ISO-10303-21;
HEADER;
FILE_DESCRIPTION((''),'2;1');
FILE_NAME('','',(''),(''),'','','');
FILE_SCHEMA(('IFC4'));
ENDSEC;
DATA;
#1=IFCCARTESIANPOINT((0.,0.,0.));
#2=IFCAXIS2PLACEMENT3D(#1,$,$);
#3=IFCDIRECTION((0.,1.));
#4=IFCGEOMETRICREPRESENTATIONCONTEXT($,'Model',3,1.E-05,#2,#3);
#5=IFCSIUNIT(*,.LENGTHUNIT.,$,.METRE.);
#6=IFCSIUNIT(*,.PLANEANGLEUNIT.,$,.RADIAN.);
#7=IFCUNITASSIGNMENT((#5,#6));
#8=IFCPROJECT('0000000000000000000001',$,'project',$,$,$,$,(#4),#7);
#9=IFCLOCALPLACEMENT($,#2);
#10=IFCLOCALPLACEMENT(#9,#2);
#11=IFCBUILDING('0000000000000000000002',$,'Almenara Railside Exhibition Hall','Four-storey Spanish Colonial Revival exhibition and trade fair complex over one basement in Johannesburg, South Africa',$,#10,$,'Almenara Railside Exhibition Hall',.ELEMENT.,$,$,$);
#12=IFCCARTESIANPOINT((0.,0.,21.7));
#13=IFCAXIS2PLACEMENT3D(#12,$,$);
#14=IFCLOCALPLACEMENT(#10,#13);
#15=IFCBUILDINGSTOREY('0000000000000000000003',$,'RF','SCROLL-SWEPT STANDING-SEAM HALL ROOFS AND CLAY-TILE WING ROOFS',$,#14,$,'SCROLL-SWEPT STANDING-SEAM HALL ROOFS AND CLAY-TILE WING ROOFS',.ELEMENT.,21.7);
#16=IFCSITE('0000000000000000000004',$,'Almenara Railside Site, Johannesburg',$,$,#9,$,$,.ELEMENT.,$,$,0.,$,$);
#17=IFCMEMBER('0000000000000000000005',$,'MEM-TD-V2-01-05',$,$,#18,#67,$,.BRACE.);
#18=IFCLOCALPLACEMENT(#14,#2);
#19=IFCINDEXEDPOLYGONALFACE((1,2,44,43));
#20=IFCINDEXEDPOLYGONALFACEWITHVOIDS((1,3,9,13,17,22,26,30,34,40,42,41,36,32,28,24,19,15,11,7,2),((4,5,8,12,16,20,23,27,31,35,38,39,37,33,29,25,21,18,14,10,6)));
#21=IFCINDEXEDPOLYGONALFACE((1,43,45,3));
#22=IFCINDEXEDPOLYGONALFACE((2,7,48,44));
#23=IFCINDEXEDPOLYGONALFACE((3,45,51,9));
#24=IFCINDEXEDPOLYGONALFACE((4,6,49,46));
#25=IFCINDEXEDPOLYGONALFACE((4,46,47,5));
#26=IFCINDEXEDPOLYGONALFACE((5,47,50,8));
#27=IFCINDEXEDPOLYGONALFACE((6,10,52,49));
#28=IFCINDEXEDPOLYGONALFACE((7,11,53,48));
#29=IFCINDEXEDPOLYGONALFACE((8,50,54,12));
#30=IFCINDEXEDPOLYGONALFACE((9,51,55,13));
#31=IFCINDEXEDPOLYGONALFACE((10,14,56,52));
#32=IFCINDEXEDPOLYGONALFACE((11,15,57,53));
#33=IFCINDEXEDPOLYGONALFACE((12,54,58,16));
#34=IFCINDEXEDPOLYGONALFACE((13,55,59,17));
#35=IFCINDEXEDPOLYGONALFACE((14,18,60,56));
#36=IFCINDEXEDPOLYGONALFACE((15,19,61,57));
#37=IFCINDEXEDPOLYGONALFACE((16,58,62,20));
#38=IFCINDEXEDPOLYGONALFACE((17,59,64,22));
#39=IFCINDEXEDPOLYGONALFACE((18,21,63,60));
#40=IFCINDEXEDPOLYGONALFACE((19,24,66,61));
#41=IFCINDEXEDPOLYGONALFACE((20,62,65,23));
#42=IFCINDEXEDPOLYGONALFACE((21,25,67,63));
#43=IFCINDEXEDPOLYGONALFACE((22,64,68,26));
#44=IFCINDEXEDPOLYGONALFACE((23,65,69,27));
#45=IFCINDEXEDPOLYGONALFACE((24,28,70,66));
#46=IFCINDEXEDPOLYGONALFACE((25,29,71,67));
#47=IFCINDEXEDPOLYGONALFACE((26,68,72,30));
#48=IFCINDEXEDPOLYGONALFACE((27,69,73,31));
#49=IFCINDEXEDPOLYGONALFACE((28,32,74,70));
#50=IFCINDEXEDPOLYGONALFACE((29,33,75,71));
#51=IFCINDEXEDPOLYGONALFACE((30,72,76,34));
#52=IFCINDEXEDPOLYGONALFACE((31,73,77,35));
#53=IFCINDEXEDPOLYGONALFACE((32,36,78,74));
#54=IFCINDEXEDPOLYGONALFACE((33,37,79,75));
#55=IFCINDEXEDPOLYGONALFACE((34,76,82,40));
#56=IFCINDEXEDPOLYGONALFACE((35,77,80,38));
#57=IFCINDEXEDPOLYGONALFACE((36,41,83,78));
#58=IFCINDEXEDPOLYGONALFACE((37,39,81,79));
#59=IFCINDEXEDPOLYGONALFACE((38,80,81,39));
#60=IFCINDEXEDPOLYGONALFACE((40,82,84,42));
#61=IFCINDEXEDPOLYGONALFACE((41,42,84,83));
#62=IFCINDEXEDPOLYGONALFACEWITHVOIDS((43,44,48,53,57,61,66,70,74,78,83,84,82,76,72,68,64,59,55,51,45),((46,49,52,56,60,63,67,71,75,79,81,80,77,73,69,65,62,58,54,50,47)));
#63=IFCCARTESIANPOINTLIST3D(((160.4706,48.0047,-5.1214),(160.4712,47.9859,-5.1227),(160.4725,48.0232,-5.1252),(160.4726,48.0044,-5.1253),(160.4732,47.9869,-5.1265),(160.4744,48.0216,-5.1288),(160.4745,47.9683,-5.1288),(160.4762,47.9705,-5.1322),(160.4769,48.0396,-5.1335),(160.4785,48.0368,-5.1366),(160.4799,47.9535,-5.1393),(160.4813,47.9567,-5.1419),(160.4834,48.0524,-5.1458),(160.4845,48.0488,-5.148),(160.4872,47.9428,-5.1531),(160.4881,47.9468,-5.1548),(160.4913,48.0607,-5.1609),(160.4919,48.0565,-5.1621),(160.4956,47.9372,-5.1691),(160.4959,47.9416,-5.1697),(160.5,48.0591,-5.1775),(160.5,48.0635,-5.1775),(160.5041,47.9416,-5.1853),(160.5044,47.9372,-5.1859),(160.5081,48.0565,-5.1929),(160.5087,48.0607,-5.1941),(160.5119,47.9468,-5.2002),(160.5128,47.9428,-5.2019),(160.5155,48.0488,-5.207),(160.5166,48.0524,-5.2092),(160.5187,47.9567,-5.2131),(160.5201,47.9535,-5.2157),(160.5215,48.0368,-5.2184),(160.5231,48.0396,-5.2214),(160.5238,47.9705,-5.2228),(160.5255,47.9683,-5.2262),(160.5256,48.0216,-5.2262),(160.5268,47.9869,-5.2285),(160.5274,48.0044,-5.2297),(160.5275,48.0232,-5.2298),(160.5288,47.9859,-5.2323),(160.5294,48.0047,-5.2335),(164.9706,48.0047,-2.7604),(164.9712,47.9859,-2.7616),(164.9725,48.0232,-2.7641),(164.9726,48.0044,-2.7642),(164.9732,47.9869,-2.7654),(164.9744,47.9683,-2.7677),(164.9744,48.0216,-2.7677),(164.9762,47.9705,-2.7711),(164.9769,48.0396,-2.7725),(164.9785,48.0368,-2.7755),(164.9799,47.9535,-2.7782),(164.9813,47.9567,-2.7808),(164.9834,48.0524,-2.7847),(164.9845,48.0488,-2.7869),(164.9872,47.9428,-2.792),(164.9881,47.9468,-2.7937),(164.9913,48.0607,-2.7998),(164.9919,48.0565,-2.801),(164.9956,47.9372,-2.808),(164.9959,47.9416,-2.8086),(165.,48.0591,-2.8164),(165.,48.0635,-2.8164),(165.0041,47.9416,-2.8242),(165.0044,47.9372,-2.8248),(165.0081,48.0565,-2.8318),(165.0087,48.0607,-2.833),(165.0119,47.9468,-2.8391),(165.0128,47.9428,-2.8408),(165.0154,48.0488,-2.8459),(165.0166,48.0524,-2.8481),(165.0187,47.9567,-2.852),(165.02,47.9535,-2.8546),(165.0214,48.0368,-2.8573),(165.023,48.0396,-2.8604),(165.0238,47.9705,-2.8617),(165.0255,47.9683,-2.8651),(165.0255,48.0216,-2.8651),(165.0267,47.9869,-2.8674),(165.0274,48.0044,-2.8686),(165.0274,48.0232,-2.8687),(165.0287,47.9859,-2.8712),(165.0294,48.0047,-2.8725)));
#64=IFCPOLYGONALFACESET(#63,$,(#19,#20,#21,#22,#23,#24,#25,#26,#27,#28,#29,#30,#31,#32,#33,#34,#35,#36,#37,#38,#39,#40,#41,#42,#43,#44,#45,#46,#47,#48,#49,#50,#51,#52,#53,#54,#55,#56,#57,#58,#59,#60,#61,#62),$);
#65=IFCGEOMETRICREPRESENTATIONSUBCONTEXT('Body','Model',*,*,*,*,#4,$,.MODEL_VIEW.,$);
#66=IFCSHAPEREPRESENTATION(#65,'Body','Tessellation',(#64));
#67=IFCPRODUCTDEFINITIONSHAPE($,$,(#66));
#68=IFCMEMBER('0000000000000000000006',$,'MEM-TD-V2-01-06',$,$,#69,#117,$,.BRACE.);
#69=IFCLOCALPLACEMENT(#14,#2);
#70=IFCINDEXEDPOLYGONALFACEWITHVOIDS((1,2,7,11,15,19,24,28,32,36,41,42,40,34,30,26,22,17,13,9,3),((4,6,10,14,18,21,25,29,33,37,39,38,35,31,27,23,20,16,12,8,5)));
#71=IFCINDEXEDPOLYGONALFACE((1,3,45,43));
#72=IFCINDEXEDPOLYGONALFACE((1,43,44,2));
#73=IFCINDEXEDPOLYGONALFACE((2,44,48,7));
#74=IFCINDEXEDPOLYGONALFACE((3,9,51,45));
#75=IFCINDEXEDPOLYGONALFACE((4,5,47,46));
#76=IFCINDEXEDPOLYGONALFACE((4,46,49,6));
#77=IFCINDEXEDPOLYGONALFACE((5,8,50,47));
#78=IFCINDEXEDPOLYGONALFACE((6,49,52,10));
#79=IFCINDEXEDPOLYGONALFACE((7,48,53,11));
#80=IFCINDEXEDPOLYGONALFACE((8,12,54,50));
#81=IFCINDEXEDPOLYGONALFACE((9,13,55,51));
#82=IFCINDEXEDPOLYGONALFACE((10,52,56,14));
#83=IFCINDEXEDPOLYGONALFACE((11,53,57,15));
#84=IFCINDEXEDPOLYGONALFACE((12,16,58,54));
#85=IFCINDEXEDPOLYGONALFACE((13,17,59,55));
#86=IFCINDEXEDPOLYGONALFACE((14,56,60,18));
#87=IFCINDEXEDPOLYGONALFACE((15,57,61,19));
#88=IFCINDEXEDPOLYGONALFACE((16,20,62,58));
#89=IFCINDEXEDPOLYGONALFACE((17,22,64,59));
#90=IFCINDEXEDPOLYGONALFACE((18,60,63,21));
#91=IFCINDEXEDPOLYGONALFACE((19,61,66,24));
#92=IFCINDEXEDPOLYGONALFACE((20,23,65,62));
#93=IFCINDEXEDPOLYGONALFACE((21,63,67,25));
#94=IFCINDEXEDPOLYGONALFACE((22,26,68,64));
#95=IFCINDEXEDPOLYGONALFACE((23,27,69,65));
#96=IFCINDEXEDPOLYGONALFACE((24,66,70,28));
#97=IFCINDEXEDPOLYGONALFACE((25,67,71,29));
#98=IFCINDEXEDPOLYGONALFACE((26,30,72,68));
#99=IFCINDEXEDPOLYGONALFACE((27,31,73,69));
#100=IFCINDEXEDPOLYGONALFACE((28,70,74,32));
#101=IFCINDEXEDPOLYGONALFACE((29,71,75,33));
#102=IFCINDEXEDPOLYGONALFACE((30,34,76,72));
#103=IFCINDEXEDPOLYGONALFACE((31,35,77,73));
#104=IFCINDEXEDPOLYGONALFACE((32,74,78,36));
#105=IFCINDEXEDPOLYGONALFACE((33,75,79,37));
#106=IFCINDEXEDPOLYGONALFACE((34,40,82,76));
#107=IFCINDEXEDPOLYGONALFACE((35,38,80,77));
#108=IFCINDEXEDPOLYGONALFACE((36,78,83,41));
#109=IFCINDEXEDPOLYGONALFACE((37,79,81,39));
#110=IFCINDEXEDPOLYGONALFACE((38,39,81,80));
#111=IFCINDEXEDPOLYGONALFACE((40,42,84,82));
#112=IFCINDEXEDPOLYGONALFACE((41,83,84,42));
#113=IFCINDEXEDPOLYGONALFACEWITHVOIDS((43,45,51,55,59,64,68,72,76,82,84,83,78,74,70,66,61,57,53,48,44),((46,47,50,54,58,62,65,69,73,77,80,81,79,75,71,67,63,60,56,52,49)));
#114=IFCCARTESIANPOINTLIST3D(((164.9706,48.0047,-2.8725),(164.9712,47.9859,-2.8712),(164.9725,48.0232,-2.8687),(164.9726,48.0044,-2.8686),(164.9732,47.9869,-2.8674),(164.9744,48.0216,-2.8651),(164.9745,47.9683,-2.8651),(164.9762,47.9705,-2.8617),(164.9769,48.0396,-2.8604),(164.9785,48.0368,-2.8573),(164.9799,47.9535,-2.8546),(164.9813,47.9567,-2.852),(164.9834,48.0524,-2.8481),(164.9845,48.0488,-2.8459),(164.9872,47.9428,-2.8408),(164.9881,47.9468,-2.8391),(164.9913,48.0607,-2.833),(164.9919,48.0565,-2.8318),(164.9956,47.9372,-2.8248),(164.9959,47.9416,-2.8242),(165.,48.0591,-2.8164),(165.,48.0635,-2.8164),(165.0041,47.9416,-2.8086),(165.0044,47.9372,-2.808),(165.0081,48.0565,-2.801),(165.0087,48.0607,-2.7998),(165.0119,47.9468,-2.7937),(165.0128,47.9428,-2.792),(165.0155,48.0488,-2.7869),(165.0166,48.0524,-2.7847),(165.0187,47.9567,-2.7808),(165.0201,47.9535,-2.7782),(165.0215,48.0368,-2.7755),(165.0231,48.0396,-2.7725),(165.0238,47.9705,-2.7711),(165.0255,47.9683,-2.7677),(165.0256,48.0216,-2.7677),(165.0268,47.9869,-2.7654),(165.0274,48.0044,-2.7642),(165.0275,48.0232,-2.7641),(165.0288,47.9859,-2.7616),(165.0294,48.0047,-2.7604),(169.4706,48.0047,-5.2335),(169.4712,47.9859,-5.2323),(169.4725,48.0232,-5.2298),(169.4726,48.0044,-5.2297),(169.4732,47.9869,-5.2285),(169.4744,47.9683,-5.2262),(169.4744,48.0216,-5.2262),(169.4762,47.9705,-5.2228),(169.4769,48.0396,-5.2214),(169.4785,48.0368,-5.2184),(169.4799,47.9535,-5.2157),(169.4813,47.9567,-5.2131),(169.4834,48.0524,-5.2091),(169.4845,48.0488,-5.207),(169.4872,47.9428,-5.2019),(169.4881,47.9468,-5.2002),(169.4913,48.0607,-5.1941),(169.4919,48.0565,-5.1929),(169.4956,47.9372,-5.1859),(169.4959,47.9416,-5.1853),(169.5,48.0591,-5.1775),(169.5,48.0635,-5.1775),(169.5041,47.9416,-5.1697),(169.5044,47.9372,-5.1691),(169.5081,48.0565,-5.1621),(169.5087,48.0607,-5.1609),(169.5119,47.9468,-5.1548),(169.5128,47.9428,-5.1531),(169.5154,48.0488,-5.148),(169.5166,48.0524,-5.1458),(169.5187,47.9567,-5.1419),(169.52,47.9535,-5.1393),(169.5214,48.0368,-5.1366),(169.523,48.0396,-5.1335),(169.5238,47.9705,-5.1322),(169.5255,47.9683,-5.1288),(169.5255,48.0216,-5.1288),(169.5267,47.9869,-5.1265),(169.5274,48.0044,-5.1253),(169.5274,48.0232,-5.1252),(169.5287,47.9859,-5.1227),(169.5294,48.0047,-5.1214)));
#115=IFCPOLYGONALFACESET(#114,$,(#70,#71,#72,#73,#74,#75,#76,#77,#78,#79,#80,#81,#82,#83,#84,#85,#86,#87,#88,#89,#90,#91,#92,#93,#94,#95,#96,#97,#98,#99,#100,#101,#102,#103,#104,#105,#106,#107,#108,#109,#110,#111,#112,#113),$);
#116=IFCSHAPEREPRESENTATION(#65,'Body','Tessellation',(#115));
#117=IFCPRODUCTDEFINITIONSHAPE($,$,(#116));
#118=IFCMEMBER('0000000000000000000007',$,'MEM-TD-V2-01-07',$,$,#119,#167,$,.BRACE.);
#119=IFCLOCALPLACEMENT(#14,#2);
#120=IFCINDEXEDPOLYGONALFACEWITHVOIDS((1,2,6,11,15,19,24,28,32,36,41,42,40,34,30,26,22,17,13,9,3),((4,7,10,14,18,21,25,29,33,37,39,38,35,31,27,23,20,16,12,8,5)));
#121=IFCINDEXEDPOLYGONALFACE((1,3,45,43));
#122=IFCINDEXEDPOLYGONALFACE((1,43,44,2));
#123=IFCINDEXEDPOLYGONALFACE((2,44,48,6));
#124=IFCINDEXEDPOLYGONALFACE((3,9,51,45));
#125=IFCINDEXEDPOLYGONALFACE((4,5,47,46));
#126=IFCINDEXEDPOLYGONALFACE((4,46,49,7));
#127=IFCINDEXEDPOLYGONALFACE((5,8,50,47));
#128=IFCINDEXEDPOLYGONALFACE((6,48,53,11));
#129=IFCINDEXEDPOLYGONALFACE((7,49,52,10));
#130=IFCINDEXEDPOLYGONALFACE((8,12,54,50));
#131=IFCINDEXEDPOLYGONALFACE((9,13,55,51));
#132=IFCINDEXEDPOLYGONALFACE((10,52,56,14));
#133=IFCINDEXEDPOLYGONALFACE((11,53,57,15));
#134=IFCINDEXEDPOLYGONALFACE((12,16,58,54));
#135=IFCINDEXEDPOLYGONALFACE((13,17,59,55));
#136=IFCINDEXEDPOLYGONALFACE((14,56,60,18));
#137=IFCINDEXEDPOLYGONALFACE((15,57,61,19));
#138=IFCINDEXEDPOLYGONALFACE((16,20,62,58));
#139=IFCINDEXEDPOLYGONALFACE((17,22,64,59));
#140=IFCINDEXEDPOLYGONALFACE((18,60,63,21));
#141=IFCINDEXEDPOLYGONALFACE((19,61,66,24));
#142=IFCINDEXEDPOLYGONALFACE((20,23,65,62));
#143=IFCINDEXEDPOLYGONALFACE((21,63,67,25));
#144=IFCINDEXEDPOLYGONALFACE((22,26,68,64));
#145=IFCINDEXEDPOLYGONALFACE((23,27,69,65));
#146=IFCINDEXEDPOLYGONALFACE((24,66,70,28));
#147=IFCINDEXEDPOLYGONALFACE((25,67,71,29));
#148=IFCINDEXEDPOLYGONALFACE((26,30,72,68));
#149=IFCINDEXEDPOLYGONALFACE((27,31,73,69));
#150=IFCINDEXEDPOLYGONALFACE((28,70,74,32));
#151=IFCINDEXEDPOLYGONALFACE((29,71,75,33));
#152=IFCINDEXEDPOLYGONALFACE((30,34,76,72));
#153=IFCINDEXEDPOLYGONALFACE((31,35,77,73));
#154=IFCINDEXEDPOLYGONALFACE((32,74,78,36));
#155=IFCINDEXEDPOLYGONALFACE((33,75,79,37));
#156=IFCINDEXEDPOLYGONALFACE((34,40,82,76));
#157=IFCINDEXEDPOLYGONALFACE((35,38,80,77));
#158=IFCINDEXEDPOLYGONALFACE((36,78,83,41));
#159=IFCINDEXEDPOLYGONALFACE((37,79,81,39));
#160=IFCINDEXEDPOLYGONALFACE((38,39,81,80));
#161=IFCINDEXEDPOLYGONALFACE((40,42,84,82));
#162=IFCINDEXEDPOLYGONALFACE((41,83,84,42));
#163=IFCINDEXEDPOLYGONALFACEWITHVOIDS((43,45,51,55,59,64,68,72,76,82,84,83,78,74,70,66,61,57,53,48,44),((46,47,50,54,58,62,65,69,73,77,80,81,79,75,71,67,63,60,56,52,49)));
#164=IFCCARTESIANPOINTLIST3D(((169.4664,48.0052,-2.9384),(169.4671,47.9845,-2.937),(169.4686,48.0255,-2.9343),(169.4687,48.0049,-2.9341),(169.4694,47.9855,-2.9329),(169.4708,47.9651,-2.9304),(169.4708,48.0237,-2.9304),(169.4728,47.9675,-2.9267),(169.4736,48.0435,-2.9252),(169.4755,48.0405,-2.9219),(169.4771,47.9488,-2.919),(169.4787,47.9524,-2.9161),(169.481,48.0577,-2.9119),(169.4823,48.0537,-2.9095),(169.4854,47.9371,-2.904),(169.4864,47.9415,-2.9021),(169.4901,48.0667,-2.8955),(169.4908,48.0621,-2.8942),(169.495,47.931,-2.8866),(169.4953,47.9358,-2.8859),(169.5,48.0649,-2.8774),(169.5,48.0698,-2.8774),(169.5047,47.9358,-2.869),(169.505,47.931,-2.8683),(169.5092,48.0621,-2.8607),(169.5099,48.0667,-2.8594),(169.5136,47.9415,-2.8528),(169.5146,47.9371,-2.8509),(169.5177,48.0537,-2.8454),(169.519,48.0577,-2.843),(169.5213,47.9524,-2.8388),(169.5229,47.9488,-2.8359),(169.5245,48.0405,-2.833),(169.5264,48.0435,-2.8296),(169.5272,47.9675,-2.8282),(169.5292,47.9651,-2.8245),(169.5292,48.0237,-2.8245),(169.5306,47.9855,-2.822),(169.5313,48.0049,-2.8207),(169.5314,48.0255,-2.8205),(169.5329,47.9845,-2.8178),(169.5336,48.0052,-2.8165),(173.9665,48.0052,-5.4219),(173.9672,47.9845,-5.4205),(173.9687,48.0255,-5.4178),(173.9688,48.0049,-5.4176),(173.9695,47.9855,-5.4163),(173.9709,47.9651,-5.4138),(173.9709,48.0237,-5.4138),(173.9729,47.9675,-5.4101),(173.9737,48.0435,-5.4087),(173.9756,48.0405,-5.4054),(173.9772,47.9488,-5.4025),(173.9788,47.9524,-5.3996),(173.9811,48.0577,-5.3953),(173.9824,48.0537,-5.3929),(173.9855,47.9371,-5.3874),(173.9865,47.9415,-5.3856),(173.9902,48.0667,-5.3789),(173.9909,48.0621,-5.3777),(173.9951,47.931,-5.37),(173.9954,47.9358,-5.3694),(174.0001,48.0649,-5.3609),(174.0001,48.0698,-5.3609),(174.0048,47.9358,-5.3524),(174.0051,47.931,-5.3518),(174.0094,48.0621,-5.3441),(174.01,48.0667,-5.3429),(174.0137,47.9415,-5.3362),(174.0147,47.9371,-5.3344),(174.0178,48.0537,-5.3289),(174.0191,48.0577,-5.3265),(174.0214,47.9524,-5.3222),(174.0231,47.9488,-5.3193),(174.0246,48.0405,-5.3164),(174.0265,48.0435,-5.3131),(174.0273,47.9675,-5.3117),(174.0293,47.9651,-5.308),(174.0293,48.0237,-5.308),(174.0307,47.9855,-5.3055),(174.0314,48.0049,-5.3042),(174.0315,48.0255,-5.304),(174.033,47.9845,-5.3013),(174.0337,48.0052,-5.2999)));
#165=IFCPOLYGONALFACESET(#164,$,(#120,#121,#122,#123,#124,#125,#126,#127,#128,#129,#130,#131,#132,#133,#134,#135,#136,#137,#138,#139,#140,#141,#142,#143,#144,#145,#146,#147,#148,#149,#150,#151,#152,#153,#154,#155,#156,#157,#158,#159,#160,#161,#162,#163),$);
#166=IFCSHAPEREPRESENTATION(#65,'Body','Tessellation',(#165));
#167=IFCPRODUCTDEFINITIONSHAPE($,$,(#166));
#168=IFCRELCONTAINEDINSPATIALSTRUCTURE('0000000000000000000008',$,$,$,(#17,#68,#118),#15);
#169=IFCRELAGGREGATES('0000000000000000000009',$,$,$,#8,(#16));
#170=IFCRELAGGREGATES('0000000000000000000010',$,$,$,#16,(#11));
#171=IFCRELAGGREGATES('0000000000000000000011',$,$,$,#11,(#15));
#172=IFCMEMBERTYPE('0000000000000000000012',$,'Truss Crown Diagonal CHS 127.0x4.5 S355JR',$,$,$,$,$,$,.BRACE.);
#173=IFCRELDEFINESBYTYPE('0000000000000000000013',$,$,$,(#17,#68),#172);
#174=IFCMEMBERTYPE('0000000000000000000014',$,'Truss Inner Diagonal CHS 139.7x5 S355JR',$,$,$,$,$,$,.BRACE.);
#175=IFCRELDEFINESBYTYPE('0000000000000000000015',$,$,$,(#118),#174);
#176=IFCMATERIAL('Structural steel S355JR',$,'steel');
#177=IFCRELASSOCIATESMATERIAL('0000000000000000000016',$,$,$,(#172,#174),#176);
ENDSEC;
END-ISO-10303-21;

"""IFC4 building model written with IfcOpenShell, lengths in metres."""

from ifc_helpers import new_model, si_unit, direction, frame, origin, origin_2d, place, context, subcontext, project, spatial, hollow_circle, extrude, material, material_profile, profile_set, type_object, element, save


model = new_model("IFC4")

# Units and contexts
model_context = context("Model", 3, precision=1e-05, world=origin(), true_north=direction((0.0, 1.0)))
body_context = subcontext(model_context, "Body", "Model", "MODEL_VIEW")
ifc_project = project(units=[si_unit("LENGTHUNIT", "METRE"), si_unit("PLANEANGLEUNIT", "RADIAN")], contexts=[model_context])

# Site, building, storey
site_placement = place(None, origin())
site = spatial("IfcSite", under=ifc_project, at=site_placement, Name="Almenara Railside Site, Johannesburg", CompositionType="ELEMENT", RefElevation=0.0)
building_placement = place(site_placement, origin())
building = spatial("IfcBuilding", under=site, at=building_placement, Name="Almenara Railside Exhibition Hall", Description="Four-storey Spanish Colonial Revival exhibition and trade fair complex over one basement in Johannesburg, South Africa", LongName="Almenara Railside Exhibition Hall", CompositionType="ELEMENT")
storey_placement = place(building_placement, frame((0.0, 0.0, 21.7)))
storey = spatial("IfcBuildingStorey", under=building, at=storey_placement, Name="RF", Description="SCROLL-SWEPT STANDING-SEAM HALL ROOFS AND CLAY-TILE WING ROOFS", LongName="SCROLL-SWEPT STANDING-SEAM HALL ROOFS AND CLAY-TILE WING ROOFS", CompositionType="ELEMENT", Elevation=21.7)

# Members
ifc_material_1 = material(Name="Structural steel S355JR", Category="steel")
ifc_material_profile_1 = material_profile(ifc_material_1, hollow_circle(Radius=0.0635, WallThickness=0.0044, at=origin_2d()), Name="CHS 127.0x4.5")
ifc_profile_set_1 = profile_set([ifc_material_profile_1], Name="Structural steel S355JR")
member_type_1 = type_object("IfcMemberType", Name="Truss Crown Diagonal CHS 127.0x4.5 S355JR", PredefinedType="BRACE", material=ifc_profile_set_1)
for number, where, z_axis, x_axis, name in (
    (1, (160.5, 48.0, -5.1775), (0.885513, 0.0, 0.464615), (0.0, 1.0, 0.0), "MEM-TD-V2-01-05"),
    (2, (165.0, 48.0, -2.8164), (0.885513, 0.0, -0.464615), (0.0, 1.0, 0.0), "MEM-TD-V2-01-06"),
):
    element("IfcMember", number, at=place(storey_placement, frame(where, z_axis=z_axis, x_axis=x_axis)), inside=storey, type_object=member_type_1, Name=name, PredefinedType="BRACE", context=body_context, shape_type="SweptSolid", body=[
        extrude(hollow_circle(Radius=0.0635, WallThickness=0.0044, at=origin_2d()), origin(), (0.0, 0.0, 1.0), 5.0818),
    ])
ifc_material_profile_2 = material_profile(ifc_material_1, hollow_circle(Radius=0.0698, WallThickness=0.0049, at=origin_2d()), Name="CHS 139.7x5")
ifc_profile_set_2 = profile_set([ifc_material_profile_2], Name="Structural steel S355JR")
member_type_2 = type_object("IfcMemberType", Name="Truss Inner Diagonal CHS 139.7x5 S355JR", PredefinedType="BRACE", material=ifc_profile_set_2)
member_1_placement = place(storey_placement, frame((169.5, 48.0, -2.8774), z_axis=(0.875525, 0.0, -0.483173), x_axis=(0.0, 1.0, 0.0)))
element("IfcMember", 3, at=member_1_placement, inside=storey, type_object=member_type_2, Name="MEM-TD-V2-01-07", PredefinedType="BRACE", context=body_context, shape_type="SweptSolid", body=[
    extrude(hollow_circle(Radius=0.0698, WallThickness=0.0049, at=origin_2d()), origin(), (0.0, 0.0, 1.0), 5.1399),
])

save(model, "model.ifc")
